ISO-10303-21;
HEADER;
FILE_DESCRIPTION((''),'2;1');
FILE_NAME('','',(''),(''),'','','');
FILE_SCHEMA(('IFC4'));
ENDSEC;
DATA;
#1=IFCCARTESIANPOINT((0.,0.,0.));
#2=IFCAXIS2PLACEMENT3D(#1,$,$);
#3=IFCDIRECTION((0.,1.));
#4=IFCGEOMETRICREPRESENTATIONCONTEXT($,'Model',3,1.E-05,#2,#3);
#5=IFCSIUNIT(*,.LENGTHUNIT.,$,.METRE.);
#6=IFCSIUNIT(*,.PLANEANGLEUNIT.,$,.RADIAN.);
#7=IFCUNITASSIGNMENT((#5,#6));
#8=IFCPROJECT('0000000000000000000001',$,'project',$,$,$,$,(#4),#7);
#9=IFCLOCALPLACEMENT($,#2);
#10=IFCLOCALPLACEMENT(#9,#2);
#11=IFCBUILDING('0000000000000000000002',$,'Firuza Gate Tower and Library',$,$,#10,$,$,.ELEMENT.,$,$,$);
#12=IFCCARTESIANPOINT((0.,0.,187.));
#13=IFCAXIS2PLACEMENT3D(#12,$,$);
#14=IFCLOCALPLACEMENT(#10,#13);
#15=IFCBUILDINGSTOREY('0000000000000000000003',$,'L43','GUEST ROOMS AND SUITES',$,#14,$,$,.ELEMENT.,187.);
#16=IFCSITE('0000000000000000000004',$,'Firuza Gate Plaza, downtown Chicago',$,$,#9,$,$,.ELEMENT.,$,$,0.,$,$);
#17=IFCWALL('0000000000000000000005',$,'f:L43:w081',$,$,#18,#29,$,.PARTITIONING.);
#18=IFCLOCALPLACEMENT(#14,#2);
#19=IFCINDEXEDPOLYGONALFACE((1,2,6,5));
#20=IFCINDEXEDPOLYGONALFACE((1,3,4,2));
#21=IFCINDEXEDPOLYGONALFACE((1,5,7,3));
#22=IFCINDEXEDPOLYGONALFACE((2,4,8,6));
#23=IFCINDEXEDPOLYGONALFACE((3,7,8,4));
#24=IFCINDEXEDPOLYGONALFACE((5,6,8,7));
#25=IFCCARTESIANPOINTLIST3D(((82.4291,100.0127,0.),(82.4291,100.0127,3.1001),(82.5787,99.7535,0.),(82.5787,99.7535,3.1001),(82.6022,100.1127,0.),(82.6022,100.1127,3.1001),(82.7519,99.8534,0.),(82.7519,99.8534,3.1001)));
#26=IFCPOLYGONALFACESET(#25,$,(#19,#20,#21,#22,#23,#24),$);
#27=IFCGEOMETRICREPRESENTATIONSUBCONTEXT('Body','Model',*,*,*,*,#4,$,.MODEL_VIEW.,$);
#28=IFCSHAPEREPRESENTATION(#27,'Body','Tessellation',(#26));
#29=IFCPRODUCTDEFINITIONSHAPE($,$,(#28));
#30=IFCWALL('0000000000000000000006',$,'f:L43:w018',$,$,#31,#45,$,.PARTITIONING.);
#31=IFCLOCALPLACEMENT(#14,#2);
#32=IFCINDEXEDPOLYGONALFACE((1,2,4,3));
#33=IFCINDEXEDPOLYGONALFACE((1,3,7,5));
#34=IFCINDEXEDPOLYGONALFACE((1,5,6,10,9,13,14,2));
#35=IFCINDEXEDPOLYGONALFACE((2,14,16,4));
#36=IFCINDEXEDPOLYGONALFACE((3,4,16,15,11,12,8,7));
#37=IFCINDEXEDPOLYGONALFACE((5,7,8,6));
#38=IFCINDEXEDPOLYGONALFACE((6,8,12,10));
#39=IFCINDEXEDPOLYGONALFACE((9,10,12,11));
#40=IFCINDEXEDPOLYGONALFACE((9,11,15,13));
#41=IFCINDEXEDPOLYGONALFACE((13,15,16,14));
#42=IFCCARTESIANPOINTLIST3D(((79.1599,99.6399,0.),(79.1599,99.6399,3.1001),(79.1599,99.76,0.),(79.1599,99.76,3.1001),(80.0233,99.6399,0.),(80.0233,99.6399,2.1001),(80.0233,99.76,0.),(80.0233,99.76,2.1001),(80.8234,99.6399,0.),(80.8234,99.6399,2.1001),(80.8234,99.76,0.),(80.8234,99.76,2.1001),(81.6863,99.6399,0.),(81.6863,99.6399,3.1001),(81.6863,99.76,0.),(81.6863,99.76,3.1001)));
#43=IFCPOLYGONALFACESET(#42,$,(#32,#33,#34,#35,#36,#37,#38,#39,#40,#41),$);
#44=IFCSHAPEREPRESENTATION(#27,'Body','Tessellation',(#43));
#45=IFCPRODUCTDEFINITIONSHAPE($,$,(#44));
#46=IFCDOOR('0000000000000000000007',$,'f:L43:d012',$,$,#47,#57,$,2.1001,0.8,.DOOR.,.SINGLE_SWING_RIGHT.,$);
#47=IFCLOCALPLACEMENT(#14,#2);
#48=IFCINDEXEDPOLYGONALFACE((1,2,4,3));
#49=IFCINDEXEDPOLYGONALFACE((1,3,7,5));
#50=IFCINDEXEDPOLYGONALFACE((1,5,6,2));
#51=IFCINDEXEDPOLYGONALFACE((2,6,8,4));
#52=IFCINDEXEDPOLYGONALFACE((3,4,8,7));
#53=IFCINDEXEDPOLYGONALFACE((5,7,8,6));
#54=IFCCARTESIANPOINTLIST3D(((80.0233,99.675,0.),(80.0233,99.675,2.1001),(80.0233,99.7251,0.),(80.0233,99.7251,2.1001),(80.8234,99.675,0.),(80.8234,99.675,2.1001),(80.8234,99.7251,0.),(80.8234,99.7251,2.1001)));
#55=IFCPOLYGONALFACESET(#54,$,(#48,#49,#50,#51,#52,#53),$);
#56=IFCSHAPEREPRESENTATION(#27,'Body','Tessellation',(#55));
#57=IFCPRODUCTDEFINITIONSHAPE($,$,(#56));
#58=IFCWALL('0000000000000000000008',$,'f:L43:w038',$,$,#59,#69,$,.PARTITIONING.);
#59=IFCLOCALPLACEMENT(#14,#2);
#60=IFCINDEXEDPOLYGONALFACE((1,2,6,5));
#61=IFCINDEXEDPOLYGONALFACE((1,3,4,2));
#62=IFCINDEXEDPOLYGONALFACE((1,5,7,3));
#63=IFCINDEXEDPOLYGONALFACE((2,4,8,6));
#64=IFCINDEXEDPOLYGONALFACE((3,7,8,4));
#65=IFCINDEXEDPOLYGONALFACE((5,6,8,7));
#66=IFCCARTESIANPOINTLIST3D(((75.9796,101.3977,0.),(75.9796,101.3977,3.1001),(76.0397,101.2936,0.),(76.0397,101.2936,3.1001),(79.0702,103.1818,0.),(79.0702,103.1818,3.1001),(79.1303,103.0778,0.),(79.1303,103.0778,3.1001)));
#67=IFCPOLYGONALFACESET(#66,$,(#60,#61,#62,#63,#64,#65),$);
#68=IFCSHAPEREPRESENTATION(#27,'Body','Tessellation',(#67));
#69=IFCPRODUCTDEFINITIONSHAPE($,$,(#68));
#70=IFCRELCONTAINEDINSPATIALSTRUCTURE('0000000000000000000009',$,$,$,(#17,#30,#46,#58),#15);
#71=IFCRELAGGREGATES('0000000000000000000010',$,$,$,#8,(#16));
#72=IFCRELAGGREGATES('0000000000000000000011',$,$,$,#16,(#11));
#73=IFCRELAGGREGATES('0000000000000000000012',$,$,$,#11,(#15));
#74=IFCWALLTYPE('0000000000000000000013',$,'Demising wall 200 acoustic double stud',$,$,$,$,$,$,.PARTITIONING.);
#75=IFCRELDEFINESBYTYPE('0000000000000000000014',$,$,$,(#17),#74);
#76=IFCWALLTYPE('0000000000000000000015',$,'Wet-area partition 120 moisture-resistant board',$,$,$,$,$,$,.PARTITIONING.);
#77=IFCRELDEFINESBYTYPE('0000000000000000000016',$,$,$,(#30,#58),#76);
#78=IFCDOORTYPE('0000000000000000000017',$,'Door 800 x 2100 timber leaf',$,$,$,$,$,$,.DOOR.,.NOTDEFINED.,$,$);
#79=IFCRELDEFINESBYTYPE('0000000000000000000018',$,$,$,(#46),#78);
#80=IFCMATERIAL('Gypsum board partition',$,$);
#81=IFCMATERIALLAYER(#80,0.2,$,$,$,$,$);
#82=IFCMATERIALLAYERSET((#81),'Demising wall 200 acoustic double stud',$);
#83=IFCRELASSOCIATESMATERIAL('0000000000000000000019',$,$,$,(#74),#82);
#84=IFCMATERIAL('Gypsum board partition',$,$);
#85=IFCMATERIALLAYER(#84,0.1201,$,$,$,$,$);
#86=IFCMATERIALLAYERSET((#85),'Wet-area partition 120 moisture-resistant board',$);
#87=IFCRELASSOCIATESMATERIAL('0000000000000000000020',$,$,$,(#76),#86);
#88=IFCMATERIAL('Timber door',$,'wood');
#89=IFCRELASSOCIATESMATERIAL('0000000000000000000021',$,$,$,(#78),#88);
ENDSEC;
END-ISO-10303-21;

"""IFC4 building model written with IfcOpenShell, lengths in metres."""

from ifc_helpers import new_model, si_unit, direction, frame, frame_2d, origin, place, context, subcontext, project, spatial, rectangle, extrude, material, layer, layer_set, type_object, element, fill, save


model = new_model("IFC4")

# Units and contexts
model_context = context("Model", 3, precision=1e-05, world=origin(), true_north=direction((0.0, 1.0)))
body_context = subcontext(model_context, "Body", "Model", "MODEL_VIEW")
ifc_project = project(units=[si_unit("LENGTHUNIT", "METRE"), si_unit("PLANEANGLEUNIT", "RADIAN")], contexts=[model_context])

# Site, building, storey
site_placement = place(None, origin())
site = spatial("IfcSite", under=ifc_project, at=site_placement, Name="Firuza Gate Plaza, downtown Chicago", CompositionType="ELEMENT", RefElevation=0.0)
building_placement = place(site_placement, origin())
building = spatial("IfcBuilding", under=site, at=building_placement, Name="Firuza Gate Tower and Library", CompositionType="ELEMENT")
storey_placement = place(building_placement, frame((0.0, 0.0, 187.0)))
storey = spatial("IfcBuildingStorey", under=building, at=storey_placement, Name="L43", Description="GUEST ROOMS AND SUITES", CompositionType="ELEMENT", Elevation=187.0)

# Wall
ifc_material_1 = material(Name="Gypsum board partition")
ifc_layer_1 = layer(ifc_material_1, 0.2)
ifc_layer_set_1 = layer_set([ifc_layer_1], Name="Demising wall 200 acoustic double stud")
wall_type_1 = type_object("IfcWallType", Name="Demising wall 200 acoustic double stud", PredefinedType="PARTITIONING", material=ifc_layer_set_1)
wall_1_placement = place(storey_placement, frame((82.6653, 99.8035, 0.0), z_axis=(0.0, 0.0, 1.0), x_axis=(-0.499911, 0.866077, 0.0)))
element("IfcWall", 1, at=wall_1_placement, inside=storey, type_object=wall_type_1, Name="f:L43:w081", PredefinedType="PARTITIONING", context=body_context, shape_type="SweptSolid", body=[
    extrude(rectangle(XDim=0.2993, YDim=0.2, at=frame_2d((0.1497, 0.0))), origin(), (0.0, 0.0, 1.0), 3.1001),
])

# Wall, opening, door
ifc_material_2 = material(Name="Gypsum board partition")
ifc_layer_2 = layer(ifc_material_2, 0.1201)
ifc_layer_set_2 = layer_set([ifc_layer_2], Name="Wet-area partition 120 moisture-resistant board")
wall_type_2 = type_object("IfcWallType", Name="Wet-area partition 120 moisture-resistant board", PredefinedType="PARTITIONING", material=ifc_layer_set_2)
wall_2_placement = place(storey_placement, frame((81.6863, 99.7, 0.0), z_axis=(0.0, 0.0, 1.0), x_axis=(-1.0, 0.0, 0.0)))
wall_2 = element("IfcWall", 2, at=wall_2_placement, inside=storey, type_object=wall_type_2, Name="f:L43:w018", PredefinedType="PARTITIONING", context=body_context, shape_type="SweptSolid", body=[
    extrude(rectangle(XDim=2.5264, YDim=0.1201, at=frame_2d((1.2632, 0.0))), origin(), (0.0, 0.0, 1.0), 3.1001),
])
opening_1_placement = place(wall_2_placement, frame((0.863, 0.0, 0.0)))
opening_1 = element("IfcOpeningElement", 3, at=opening_1_placement, cuts=wall_2, PredefinedType="OPENING", context=body_context, shape_type="SweptSolid", body=[
    extrude(rectangle(XDim=0.8, YDim=2.1001, at=frame_2d((0.3999, 1.05))), frame((0.0, 0.0701, 0.0), z_axis=(0.0, -1.0, 0.0), x_axis=(1.0, 0.0, 0.0)), (0.0, 0.0, 1.0), 0.1401),
])
ifc_material_3 = material(Name="Timber door", Category="wood")
door_type_1 = type_object("IfcDoorType", Name="Door 800 x 2100 timber leaf", OperationType="NOTDEFINED", PredefinedType="DOOR", material=ifc_material_3)
door_1_placement = place(opening_1_placement, origin())
door_1 = element("IfcDoor", 4, at=door_1_placement, inside=storey, type_object=door_type_1, Name="f:L43:d012", OperationType="SINGLE_SWING_RIGHT", OverallHeight=2.1001, OverallWidth=0.8, PredefinedType="DOOR", context=body_context, shape_type="SweptSolid", body=[
    extrude(rectangle(XDim=0.8, YDim=2.1001, at=frame_2d((0.3999, 1.05))), frame((0.0, 0.0249, 0.0), z_axis=(0.0, -1.0, 0.0), x_axis=(1.0, 0.0, 0.0)), (0.0, 0.0, 1.0), 0.05),
])
fill(opening_1, door_1)

# Wall
wall_3_placement = place(storey_placement, frame((76.0098, 101.3457, 0.0), z_axis=(0.0, 0.0, 1.0), x_axis=(0.866045, 0.499965, 0.0)))
element("IfcWall", 5, at=wall_3_placement, inside=storey, type_object=wall_type_2, Name="f:L43:w038", PredefinedType="PARTITIONING", context=body_context, shape_type="SweptSolid", body=[
    extrude(rectangle(XDim=3.5686, YDim=0.1201, at=frame_2d((1.7842, 0.0))), origin(), (0.0, 0.0, 1.0), 3.1001),
])

save(model, "model.ifc")
